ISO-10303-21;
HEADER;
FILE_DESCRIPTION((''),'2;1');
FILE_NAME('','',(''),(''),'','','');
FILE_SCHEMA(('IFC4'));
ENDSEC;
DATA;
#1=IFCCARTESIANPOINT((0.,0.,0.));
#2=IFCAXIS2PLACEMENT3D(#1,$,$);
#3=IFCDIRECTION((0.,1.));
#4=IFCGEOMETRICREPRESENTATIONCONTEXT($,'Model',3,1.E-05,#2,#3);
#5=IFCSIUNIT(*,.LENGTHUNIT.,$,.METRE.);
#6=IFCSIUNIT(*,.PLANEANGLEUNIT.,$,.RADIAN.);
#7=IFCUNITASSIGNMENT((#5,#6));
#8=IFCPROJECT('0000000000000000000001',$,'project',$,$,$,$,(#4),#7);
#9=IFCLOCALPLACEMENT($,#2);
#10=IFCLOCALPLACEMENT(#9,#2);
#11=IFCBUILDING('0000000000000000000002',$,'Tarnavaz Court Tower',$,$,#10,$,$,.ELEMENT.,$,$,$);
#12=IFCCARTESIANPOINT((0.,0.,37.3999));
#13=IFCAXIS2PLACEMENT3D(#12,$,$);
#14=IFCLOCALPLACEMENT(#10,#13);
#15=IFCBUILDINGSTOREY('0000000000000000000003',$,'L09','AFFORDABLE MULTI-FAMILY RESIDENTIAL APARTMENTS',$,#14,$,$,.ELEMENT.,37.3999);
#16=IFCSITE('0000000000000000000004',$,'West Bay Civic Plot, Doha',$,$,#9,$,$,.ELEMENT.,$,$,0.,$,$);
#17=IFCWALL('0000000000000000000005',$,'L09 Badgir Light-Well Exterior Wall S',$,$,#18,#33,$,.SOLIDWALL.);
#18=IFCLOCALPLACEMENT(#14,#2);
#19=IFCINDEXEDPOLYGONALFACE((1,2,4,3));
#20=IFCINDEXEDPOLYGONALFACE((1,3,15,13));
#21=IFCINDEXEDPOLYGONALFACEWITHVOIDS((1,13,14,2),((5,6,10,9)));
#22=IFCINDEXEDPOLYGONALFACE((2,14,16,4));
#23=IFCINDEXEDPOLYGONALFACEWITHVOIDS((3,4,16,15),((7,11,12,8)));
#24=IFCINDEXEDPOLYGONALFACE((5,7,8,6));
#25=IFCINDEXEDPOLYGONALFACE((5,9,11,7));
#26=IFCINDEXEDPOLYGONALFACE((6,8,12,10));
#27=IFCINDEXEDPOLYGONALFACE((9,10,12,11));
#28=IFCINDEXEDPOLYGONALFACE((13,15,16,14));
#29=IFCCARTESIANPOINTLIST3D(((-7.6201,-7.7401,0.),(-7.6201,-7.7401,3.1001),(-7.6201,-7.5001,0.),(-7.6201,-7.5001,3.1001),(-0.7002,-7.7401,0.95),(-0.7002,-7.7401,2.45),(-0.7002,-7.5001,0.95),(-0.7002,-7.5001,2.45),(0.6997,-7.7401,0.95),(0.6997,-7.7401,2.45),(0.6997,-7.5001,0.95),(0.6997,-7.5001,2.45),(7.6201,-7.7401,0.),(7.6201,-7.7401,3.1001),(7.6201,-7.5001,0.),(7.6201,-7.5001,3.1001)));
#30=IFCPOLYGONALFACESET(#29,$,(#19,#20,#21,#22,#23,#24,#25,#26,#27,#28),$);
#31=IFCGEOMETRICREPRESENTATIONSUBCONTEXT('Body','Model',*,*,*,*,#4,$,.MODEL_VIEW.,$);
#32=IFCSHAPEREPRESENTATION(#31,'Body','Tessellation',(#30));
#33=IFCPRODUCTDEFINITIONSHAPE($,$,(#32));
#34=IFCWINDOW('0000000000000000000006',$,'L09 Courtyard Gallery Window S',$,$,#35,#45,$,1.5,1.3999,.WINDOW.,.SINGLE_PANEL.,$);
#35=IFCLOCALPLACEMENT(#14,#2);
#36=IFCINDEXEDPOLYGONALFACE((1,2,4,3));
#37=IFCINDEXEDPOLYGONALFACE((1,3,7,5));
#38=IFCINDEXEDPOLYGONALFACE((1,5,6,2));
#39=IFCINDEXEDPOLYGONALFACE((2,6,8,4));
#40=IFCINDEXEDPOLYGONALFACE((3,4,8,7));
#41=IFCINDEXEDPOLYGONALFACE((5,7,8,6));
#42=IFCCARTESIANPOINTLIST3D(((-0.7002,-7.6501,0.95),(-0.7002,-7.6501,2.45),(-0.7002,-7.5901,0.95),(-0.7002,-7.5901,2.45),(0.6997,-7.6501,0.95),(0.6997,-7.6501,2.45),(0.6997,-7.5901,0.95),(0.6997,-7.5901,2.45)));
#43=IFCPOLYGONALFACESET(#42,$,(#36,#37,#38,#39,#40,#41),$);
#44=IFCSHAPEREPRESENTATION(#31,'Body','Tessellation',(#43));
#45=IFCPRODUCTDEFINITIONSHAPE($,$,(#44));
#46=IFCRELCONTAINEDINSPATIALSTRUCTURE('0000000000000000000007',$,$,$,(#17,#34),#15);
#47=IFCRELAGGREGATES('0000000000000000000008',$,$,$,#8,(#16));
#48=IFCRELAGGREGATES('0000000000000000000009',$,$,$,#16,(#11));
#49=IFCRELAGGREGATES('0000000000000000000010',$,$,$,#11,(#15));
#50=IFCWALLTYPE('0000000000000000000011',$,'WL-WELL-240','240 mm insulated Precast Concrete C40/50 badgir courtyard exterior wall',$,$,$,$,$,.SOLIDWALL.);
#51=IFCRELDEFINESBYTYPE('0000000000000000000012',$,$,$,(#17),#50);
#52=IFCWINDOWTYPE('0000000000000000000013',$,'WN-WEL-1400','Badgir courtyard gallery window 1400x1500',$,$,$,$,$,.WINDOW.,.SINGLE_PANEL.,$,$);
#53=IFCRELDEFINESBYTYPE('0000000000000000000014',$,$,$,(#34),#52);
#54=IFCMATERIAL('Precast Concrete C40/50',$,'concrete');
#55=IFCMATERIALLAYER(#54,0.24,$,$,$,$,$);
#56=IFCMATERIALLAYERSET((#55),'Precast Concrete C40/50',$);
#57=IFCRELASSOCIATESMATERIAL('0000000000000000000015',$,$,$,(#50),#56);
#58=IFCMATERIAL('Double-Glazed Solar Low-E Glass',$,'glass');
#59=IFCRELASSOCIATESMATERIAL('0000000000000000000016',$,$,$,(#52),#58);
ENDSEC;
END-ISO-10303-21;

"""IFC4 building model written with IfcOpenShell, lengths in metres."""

from ifc_helpers import new_model, si_unit, direction, frame, frame_2d, origin, place, context, subcontext, project, spatial, rectangle, extrude, material, layer, layer_set, type_object, element, fill, save


model = new_model("IFC4")

# Units and contexts
model_context = context("Model", 3, precision=1e-05, world=origin(), true_north=direction((0.0, 1.0)))
body_context = subcontext(model_context, "Body", "Model", "MODEL_VIEW")
ifc_project = project(units=[si_unit("LENGTHUNIT", "METRE"), si_unit("PLANEANGLEUNIT", "RADIAN")], contexts=[model_context])

# Site, building, storey
site_placement = place(None, origin())
site = spatial("IfcSite", under=ifc_project, at=site_placement, Name="West Bay Civic Plot, Doha", CompositionType="ELEMENT", RefElevation=0.0)
building_placement = place(site_placement, origin())
building = spatial("IfcBuilding", under=site, at=building_placement, Name="Tarnavaz Court Tower", CompositionType="ELEMENT")
storey_placement = place(building_placement, frame((0.0, 0.0, 37.3999)))
storey = spatial("IfcBuildingStorey", under=building, at=storey_placement, Name="L09", Description="AFFORDABLE MULTI-FAMILY RESIDENTIAL APARTMENTS", CompositionType="ELEMENT", Elevation=37.3999)

# Wall, opening, window
ifc_material_1 = material(Name="Precast Concrete C40/50", Category="concrete")
ifc_layer_1 = layer(ifc_material_1, 0.24)
ifc_layer_set_1 = layer_set([ifc_layer_1], Name="Precast Concrete C40/50")
wall_type_1 = type_object("IfcWallType", Name="WL-WELL-240", Description="240 mm insulated Precast Concrete C40/50 badgir courtyard exterior wall", PredefinedType="SOLIDWALL", material=ifc_layer_set_1)
wall_1_placement = place(storey_placement, frame((-7.6201, -7.6201, 0.0), z_axis=(0.0, 0.0, 1.0), x_axis=(1.0, 0.0, 0.0)))
wall_1 = element("IfcWall", 1, at=wall_1_placement, inside=storey, type_object=wall_type_1, Name="L09 Badgir Light-Well Exterior Wall S", PredefinedType="SOLIDWALL", context=body_context, shape_type="SweptSolid", body=[
    extrude(rectangle(XDim=15.2402, YDim=0.24, at=frame_2d((7.6201, 0.0))), origin(), (0.0, 0.0, 1.0), 3.1001),
])
opening_1_placement = place(wall_1_placement, frame((6.9199, 0.0, 0.95)))
opening_1 = element("IfcOpeningElement", 2, at=opening_1_placement, cuts=wall_1, PredefinedType="OPENING", context=body_context, shape_type="SweptSolid", body=[
    extrude(rectangle(XDim=1.3999, YDim=1.5, at=frame_2d((0.7, 0.75))), frame((0.0, 0.1299, 0.0), z_axis=(0.0, -1.0, 0.0), x_axis=(1.0, 0.0, 0.0)), (0.0, 0.0, 1.0), 0.26),
])
ifc_material_2 = material(Name="Double-Glazed Solar Low-E Glass", Category="glass")
window_type = type_object("IfcWindowType", Name="WN-WEL-1400", Description="Badgir courtyard gallery window 1400x1500", PartitioningType="SINGLE_PANEL", PredefinedType="WINDOW", material=ifc_material_2)
window_placement = place(opening_1_placement, origin())
window = element("IfcWindow", 3, at=window_placement, inside=storey, type_object=window_type, Name="L09 Courtyard Gallery Window S", OverallHeight=1.5, OverallWidth=1.3999, PartitioningType="SINGLE_PANEL", PredefinedType="WINDOW", context=body_context, shape_type="SweptSolid", body=[
    extrude(rectangle(XDim=1.3999, YDim=1.5, at=frame_2d((0.7, 0.75))), frame((0.0, 0.03, 0.0), z_axis=(0.0, -1.0, 0.0), x_axis=(1.0, 0.0, 0.0)), (0.0, 0.0, 1.0), 0.0601),
])
fill(opening_1, window)

save(model, "model.ifc")
